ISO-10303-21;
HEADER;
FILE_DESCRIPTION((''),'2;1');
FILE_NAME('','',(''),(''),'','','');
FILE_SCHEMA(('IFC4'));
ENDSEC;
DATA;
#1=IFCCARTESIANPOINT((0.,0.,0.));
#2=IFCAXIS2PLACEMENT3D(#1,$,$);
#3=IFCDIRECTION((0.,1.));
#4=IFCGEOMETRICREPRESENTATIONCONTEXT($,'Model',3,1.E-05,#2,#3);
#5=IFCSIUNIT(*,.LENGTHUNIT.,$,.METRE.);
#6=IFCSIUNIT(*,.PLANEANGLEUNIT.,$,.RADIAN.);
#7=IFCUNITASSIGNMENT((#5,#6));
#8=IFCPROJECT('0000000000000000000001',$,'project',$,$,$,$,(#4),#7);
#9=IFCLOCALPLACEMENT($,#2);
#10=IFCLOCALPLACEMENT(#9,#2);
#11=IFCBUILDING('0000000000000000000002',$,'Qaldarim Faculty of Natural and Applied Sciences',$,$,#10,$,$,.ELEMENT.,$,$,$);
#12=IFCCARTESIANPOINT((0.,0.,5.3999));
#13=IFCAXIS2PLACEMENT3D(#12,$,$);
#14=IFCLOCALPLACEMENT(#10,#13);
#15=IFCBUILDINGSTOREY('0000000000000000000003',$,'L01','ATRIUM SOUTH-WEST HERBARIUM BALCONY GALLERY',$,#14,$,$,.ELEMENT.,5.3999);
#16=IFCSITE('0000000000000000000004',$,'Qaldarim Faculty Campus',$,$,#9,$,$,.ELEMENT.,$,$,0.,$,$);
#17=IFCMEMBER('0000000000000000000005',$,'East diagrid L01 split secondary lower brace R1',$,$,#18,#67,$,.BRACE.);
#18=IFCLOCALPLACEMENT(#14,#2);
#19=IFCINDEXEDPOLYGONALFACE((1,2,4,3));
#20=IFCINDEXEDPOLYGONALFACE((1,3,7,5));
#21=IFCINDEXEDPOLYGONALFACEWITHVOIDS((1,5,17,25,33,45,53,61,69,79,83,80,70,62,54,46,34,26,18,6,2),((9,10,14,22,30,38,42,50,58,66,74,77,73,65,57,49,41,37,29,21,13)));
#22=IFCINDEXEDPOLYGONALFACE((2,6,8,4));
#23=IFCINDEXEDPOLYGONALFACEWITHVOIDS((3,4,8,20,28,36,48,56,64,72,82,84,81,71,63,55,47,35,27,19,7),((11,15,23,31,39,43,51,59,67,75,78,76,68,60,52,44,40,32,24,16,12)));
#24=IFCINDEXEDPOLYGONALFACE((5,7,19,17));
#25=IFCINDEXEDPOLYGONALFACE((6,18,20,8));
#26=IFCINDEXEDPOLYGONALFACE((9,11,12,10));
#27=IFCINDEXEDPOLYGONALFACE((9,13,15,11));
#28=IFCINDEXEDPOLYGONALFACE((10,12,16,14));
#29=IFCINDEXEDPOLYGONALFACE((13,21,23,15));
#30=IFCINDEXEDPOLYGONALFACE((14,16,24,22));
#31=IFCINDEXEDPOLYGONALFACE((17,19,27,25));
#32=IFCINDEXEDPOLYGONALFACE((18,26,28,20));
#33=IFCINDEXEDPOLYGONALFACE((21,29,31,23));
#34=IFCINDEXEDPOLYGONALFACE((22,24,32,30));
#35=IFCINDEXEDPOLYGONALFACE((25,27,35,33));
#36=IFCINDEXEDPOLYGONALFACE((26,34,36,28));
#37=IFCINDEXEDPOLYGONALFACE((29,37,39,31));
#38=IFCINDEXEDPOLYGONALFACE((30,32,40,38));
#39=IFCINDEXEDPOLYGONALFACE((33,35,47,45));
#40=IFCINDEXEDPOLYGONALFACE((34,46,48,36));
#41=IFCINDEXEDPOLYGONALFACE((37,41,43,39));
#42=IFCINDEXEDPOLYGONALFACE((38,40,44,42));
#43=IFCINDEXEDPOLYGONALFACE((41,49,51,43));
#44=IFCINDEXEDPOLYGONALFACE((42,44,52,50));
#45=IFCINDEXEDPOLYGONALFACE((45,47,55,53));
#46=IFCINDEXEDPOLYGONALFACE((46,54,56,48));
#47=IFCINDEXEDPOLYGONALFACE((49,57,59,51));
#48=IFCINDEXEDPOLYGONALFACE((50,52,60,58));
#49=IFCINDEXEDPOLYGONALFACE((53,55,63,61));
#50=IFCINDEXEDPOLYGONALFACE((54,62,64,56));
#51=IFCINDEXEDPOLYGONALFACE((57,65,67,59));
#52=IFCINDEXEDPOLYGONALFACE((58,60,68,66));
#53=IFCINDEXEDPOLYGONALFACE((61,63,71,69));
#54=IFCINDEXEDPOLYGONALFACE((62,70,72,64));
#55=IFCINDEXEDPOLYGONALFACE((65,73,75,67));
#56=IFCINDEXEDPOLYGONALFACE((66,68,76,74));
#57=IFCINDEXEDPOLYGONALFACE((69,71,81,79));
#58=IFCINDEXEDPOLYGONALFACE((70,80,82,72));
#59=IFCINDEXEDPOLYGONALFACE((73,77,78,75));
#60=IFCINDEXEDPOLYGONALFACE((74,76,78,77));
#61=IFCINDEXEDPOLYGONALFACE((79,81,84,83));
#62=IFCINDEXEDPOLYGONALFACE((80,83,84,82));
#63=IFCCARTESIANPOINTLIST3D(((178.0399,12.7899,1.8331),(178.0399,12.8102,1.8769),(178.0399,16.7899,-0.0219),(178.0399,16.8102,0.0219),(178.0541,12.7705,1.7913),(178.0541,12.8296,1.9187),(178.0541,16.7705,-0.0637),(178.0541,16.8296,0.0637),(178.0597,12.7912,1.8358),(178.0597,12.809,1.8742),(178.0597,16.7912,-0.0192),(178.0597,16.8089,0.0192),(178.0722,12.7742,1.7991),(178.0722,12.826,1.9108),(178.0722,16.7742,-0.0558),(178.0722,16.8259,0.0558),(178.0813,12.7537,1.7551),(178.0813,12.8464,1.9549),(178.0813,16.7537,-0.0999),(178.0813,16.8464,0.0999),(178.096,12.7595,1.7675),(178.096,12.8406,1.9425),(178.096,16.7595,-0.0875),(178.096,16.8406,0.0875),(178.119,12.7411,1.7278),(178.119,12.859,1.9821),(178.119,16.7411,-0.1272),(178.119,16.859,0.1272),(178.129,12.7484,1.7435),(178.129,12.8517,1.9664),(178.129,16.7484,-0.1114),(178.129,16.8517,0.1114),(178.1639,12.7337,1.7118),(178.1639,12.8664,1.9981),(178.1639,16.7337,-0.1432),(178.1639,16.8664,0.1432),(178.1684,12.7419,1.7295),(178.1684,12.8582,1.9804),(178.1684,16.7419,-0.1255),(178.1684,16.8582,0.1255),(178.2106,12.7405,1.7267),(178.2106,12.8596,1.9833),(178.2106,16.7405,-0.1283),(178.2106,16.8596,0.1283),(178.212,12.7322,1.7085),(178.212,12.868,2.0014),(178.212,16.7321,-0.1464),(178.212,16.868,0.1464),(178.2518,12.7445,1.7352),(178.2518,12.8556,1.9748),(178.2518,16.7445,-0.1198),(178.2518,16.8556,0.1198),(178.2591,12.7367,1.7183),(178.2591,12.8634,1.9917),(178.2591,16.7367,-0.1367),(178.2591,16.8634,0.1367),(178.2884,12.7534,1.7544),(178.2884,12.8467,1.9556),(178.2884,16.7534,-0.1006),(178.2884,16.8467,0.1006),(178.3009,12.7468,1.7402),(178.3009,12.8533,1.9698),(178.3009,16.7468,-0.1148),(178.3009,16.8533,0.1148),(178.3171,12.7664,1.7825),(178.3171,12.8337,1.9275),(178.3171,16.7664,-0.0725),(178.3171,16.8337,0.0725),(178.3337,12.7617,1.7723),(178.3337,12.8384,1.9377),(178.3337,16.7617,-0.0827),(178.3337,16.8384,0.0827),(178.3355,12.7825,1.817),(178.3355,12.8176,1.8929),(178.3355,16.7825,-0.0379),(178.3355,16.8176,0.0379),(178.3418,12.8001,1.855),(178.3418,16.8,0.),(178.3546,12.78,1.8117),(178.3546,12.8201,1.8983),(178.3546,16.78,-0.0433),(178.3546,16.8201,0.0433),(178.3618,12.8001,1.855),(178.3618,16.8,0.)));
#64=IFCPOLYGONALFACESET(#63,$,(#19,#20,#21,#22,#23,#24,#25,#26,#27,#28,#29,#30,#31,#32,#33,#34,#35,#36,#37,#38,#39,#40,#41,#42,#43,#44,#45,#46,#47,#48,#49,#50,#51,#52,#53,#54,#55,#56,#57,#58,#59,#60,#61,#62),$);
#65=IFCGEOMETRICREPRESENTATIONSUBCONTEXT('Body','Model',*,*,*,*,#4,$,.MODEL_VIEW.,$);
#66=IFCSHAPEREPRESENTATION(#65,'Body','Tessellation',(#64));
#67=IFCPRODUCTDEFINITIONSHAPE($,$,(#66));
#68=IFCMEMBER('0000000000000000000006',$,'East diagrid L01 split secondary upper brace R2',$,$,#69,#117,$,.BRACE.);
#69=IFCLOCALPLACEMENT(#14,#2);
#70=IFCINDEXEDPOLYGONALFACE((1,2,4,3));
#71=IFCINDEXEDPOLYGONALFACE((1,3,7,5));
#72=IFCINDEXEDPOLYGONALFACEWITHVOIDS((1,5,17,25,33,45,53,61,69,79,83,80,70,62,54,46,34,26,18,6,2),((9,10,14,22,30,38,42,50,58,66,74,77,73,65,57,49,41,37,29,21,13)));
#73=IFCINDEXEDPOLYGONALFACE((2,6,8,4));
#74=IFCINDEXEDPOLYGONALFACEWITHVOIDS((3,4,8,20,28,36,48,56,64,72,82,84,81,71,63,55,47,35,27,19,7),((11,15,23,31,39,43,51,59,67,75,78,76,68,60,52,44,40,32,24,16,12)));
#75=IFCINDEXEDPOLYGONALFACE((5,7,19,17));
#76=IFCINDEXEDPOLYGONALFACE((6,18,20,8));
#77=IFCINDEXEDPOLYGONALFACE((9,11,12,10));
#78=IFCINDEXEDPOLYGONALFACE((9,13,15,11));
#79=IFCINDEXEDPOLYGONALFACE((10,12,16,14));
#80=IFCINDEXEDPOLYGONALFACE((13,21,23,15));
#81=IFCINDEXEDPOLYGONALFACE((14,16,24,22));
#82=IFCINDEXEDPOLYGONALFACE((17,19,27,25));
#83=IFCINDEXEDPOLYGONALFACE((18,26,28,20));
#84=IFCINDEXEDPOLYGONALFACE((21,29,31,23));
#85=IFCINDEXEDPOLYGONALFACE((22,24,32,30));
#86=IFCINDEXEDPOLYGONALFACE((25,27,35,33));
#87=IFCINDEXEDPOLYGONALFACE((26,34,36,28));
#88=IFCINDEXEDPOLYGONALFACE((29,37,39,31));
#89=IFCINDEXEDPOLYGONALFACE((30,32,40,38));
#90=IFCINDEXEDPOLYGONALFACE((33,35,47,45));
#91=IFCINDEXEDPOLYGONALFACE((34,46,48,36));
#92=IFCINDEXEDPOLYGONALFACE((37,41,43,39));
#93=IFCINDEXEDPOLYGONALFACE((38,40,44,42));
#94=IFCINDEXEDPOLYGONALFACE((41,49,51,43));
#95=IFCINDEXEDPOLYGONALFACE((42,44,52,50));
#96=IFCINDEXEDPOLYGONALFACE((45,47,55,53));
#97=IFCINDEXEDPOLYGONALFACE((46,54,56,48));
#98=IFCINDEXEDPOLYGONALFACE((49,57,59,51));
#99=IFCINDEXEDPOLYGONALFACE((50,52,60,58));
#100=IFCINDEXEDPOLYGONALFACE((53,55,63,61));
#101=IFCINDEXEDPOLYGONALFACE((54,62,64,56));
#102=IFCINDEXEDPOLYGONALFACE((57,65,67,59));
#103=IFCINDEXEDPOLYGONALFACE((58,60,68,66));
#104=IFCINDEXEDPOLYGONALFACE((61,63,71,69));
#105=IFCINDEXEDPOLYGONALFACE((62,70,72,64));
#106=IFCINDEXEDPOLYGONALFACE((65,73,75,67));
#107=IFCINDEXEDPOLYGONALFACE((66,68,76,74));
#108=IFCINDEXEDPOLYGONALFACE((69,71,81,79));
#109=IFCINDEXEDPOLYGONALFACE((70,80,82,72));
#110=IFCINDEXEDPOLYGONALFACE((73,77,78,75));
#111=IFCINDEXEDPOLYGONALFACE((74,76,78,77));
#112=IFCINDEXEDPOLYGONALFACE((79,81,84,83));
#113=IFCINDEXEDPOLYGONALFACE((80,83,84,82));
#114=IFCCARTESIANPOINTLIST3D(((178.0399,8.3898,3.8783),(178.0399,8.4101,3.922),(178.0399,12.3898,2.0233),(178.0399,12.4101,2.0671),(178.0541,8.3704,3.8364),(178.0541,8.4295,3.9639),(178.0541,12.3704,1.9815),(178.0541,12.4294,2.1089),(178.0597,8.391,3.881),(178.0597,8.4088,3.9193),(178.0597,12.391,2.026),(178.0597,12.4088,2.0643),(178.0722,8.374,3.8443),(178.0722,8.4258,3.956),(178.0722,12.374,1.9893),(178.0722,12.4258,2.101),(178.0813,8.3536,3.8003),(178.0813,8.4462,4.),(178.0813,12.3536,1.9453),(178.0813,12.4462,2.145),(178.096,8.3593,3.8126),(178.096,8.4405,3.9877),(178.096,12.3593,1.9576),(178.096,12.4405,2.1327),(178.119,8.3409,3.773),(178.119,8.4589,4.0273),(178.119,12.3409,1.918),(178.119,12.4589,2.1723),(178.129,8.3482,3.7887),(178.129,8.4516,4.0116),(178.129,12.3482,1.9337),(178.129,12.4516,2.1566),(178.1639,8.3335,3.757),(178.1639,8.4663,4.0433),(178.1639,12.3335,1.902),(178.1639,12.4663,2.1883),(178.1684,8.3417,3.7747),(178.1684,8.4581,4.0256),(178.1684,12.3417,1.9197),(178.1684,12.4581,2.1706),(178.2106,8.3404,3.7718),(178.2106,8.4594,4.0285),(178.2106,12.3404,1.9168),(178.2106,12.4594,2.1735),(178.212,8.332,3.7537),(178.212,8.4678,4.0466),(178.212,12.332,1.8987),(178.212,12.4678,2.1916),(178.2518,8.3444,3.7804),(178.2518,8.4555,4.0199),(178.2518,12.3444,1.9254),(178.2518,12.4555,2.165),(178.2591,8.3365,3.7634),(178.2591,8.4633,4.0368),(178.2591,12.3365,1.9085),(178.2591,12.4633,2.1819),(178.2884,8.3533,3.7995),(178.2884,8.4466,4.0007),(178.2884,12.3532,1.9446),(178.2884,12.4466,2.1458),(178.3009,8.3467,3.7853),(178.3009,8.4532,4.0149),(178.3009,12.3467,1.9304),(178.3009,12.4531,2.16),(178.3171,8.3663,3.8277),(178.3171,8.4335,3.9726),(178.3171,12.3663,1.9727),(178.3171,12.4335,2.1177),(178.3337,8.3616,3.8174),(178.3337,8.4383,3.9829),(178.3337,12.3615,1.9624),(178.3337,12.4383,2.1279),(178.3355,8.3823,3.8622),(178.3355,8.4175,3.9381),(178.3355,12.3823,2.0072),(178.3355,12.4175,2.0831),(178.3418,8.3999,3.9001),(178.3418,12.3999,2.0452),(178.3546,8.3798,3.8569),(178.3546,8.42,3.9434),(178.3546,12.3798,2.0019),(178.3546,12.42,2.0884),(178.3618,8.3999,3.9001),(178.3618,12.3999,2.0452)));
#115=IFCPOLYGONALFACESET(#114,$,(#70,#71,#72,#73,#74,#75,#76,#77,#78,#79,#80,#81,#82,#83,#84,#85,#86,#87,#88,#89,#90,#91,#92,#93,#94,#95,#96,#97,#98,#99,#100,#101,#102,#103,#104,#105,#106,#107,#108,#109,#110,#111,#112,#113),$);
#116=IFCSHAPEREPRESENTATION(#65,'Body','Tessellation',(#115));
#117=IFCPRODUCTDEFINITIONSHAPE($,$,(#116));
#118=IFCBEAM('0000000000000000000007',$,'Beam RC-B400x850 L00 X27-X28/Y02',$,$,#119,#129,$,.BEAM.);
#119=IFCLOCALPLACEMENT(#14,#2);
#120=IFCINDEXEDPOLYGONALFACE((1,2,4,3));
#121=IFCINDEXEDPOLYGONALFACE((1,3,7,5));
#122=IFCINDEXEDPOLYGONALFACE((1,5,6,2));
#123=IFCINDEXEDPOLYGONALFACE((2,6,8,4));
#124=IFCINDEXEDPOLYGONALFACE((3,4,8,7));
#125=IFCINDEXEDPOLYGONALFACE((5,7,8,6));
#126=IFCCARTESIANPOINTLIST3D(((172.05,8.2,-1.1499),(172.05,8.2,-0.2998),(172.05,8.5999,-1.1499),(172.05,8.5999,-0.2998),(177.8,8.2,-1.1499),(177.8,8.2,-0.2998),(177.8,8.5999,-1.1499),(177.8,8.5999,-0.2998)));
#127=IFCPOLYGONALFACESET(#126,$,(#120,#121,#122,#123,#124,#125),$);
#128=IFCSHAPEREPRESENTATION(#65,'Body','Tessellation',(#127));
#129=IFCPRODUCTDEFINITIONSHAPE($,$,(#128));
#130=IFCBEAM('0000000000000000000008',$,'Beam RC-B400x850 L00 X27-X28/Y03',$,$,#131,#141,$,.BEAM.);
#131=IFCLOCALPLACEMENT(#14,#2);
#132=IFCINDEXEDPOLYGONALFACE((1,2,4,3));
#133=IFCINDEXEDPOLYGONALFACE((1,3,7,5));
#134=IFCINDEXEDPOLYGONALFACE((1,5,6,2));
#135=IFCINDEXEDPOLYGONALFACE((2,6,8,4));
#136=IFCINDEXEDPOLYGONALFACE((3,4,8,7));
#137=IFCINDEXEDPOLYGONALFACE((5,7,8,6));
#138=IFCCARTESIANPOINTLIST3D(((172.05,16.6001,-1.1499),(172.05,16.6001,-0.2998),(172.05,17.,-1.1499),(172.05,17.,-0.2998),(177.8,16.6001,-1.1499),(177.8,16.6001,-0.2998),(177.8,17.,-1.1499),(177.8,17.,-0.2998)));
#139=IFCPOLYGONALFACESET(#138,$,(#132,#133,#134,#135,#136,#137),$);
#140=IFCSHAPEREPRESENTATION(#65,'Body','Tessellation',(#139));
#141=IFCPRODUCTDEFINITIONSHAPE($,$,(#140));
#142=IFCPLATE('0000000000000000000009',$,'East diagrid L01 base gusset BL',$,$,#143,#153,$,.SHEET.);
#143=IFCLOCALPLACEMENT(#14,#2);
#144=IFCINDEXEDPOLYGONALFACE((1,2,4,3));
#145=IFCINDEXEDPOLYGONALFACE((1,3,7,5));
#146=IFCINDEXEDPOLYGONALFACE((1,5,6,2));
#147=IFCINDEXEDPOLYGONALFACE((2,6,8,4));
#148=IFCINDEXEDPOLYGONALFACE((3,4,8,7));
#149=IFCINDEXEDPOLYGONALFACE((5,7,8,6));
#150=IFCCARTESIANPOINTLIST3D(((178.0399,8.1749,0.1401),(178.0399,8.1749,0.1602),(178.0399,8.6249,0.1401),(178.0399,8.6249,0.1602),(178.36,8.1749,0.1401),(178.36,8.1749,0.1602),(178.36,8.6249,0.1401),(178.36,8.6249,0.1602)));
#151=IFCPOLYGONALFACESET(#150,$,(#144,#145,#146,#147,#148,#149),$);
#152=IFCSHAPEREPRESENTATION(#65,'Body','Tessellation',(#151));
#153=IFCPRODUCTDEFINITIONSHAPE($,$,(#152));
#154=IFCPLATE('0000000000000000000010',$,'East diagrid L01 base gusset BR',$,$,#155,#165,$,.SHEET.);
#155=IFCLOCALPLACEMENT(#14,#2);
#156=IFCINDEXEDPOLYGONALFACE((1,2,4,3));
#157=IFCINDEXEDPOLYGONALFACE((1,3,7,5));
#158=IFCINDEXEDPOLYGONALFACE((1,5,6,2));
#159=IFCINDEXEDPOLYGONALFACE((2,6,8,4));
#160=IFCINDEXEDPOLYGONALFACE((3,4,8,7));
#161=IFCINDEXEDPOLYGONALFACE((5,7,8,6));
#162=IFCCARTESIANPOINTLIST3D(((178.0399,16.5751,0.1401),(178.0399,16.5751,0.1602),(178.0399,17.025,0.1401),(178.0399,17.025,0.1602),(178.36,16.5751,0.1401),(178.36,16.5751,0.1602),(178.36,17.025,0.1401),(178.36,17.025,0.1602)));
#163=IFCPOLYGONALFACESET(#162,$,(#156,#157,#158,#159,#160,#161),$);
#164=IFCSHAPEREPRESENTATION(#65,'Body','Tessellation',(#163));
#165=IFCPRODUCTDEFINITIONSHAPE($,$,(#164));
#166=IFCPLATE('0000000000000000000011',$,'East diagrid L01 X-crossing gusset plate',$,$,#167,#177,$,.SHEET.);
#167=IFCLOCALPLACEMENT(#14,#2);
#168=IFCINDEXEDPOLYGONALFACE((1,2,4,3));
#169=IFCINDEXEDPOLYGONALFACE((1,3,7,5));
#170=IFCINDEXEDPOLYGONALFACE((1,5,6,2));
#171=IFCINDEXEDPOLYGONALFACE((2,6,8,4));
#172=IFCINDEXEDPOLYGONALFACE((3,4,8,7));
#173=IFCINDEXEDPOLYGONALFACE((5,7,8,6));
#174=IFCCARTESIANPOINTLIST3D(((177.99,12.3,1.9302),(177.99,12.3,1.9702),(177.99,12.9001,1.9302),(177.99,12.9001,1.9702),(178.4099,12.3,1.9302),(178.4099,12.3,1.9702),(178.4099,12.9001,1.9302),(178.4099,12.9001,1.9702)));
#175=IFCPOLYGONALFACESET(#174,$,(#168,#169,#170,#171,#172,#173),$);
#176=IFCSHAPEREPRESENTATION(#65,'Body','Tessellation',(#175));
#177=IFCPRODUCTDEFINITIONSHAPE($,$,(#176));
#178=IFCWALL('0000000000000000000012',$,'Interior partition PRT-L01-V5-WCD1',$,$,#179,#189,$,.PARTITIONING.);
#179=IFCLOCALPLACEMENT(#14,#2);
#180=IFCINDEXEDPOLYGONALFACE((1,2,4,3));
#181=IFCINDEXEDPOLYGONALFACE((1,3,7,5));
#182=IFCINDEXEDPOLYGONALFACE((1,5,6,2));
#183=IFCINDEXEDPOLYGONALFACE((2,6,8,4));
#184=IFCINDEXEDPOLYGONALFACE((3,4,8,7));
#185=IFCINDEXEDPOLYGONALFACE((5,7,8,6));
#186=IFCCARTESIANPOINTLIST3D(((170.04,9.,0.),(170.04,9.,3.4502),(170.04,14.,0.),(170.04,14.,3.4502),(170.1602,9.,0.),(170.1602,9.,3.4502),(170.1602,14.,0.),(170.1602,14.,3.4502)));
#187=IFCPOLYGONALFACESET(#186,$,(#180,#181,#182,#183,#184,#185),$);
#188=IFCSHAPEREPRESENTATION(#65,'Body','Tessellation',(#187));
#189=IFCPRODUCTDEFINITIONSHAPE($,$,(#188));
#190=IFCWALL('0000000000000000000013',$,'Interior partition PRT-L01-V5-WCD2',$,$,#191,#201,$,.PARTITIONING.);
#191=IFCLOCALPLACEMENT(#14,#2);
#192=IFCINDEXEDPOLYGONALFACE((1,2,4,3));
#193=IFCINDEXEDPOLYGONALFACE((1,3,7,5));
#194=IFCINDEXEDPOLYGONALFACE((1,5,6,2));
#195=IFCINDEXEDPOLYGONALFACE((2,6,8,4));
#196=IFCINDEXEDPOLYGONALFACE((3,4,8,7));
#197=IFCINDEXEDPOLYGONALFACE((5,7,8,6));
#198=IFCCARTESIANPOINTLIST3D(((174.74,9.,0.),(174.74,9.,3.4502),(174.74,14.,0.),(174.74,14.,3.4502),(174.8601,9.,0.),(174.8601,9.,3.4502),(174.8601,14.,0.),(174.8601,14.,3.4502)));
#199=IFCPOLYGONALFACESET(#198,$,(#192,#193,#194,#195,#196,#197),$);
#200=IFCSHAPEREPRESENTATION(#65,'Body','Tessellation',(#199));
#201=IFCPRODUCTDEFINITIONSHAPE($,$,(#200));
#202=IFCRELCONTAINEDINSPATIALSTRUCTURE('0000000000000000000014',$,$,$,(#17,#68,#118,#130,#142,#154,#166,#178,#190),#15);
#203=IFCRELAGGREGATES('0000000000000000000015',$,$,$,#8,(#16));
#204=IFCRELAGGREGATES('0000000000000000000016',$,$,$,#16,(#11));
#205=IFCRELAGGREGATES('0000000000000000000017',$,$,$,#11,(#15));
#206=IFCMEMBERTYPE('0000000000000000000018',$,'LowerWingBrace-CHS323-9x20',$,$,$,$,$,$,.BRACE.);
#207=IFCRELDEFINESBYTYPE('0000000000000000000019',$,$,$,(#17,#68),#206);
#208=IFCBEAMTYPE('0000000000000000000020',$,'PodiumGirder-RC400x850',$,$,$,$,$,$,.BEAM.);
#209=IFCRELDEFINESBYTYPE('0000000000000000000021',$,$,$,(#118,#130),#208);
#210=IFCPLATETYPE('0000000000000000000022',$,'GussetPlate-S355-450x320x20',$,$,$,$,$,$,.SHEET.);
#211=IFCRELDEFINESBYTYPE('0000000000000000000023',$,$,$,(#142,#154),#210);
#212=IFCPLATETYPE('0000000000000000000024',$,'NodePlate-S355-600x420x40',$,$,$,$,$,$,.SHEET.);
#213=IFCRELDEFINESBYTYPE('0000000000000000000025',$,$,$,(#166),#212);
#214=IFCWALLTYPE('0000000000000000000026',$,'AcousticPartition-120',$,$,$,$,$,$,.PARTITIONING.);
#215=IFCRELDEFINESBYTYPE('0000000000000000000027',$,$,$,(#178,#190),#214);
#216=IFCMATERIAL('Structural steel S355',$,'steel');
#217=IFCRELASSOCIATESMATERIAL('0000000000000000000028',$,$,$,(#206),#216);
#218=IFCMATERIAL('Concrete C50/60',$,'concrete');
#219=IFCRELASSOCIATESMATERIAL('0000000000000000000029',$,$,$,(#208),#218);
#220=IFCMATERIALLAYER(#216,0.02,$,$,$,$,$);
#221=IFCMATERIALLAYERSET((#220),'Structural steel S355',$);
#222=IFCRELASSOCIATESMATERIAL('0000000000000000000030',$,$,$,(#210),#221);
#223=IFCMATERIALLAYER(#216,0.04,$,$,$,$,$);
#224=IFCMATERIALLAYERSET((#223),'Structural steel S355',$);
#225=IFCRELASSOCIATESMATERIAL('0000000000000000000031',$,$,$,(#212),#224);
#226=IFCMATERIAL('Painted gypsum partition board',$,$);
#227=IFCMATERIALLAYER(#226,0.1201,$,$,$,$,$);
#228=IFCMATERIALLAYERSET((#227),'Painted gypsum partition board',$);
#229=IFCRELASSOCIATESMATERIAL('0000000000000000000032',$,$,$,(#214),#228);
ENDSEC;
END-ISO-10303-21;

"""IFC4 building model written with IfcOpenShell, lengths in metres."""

from ifc_helpers import new_model, si_unit, direction, frame, frame_2d, origin, origin_2d, place, context, subcontext, project, spatial, rectangle, hollow_circle, extrude, material, layer, layer_set, material_profile, profile_set, type_object, element, save


model = new_model("IFC4")

# Units and contexts
model_context = context("Model", 3, precision=1e-05, world=origin(), true_north=direction((0.0, 1.0)))
body_context = subcontext(model_context, "Body", "Model", "MODEL_VIEW")
ifc_project = project(units=[si_unit("LENGTHUNIT", "METRE"), si_unit("PLANEANGLEUNIT", "RADIAN")], contexts=[model_context])

# Site, building, storey
site_placement = place(None, origin())
site = spatial("IfcSite", under=ifc_project, at=site_placement, Name="Qaldarim Faculty Campus", CompositionType="ELEMENT", RefElevation=0.0)
building_placement = place(site_placement, origin())
building = spatial("IfcBuilding", under=site, at=building_placement, Name="Qaldarim Faculty of Natural and Applied Sciences", CompositionType="ELEMENT")
storey_placement = place(building_placement, frame((0.0, 0.0, 5.3999)))
storey = spatial("IfcBuildingStorey", under=building, at=storey_placement, Name="L01", Description="ATRIUM SOUTH-WEST HERBARIUM BALCONY GALLERY", CompositionType="ELEMENT", Elevation=5.3999)

# Shared definitions
ifc_material_1 = material(Name="Concrete C50/60", Category="concrete")

# Members
ifc_material_2 = material(Name="Structural steel S355", Category="steel")
ifc_material_profile_1 = material_profile(ifc_material_2, hollow_circle(Radius=0.1619, WallThickness=0.02, at=origin_2d()), Name="CHS 323.9x20.0")
ifc_profile_set_1 = profile_set([ifc_material_profile_1], Name="Structural steel S355")
member_type = type_object("IfcMemberType", Name="LowerWingBrace-CHS323-9x20", PredefinedType="BRACE", material=ifc_profile_set_1)
for number, where, z_axis, x_axis, name in (
    (1, (178.2, 16.8, 0.0), (0.0, -0.907196, 0.420708), (1.0, 0.0, 0.0), "East diagrid L01 split secondary lower brace R1"),
    (2, (178.2, 12.3999, 2.0452), (0.0, -0.907196, 0.420708), (1.0, 0.0, 0.0), "East diagrid L01 split secondary upper brace R2"),
):
    element("IfcMember", number, at=place(storey_placement, frame(where, z_axis=z_axis, x_axis=x_axis)), inside=storey, type_object=member_type, Name=name, PredefinedType="BRACE", context=body_context, shape_type="SweptSolid", body=[
        extrude(hollow_circle(Radius=0.1619, WallThickness=0.02, at=origin_2d()), origin(), (0.0, 0.0, 1.0), 4.4092),
    ])

# Beams
ifc_material_profile_2 = material_profile(ifc_material_1, rectangle(XDim=0.3999, YDim=0.8501, at=origin_2d()), Name="RC-B400x850")
ifc_profile_set_2 = profile_set([ifc_material_profile_2], Name="Concrete C50/60")
beam_type_1 = type_object("IfcBeamType", Name="PodiumGirder-RC400x850", PredefinedType="BEAM", material=ifc_profile_set_2)
for number, where, z_axis, x_axis, name in (
    (3, (172.05, 8.3999, -0.7249), (1.0, 0.0, 0.0), (0.0, 1.0, 0.0), "Beam RC-B400x850 L00 X27-X28/Y02"),
    (4, (172.05, 16.8, -0.7249), (1.0, 0.0, 0.0), (0.0, 1.0, 0.0), "Beam RC-B400x850 L00 X27-X28/Y03"),
):
    element("IfcBeam", number, at=place(storey_placement, frame(where, z_axis=z_axis, x_axis=x_axis)), inside=storey, type_object=beam_type_1, Name=name, PredefinedType="BEAM", context=body_context, shape_type="SweptSolid", body=[
        extrude(rectangle(XDim=0.3999, YDim=0.8501, at=origin_2d()), origin(), (0.0, 0.0, 1.0), 5.75),
    ])

# Plates
ifc_layer_1 = layer(ifc_material_2, 0.02)
ifc_layer_set_1 = layer_set([ifc_layer_1], Name="Structural steel S355")
plate_type_1 = type_object("IfcPlateType", Name="GussetPlate-S355-450x320x20", PredefinedType="SHEET", material=ifc_layer_set_1)
for number, where, z_axis, x_axis, name in (
    (5, (178.2, 8.3999, 0.1401), (0.0, 0.0, 1.0), (0.0, 1.0, 0.0), "East diagrid L01 base gusset BL"),
    (6, (178.2, 16.8, 0.1401), (0.0, 0.0, 1.0), (0.0, 1.0, 0.0), "East diagrid L01 base gusset BR"),
):
    element("IfcPlate", number, at=place(storey_placement, frame(where, z_axis=z_axis, x_axis=x_axis)), inside=storey, type_object=plate_type_1, Name=name, PredefinedType="SHEET", context=body_context, shape_type="SweptSolid", body=[
        extrude(rectangle(XDim=0.45, YDim=0.3201, at=origin_2d()), origin(), (0.0, 0.0, 1.0), 0.02),
    ])
ifc_layer_2 = layer(ifc_material_2, 0.04)
ifc_layer_set_2 = layer_set([ifc_layer_2], Name="Structural steel S355")
plate_type_2 = type_object("IfcPlateType", Name="NodePlate-S355-600x420x40", PredefinedType="SHEET", material=ifc_layer_set_2)
plate_placement = place(storey_placement, frame((178.2, 12.6001, 1.9302), z_axis=(0.0, 0.0, 1.0), x_axis=(0.0, 1.0, 0.0)))
element("IfcPlate", 7, at=plate_placement, inside=storey, type_object=plate_type_2, Name="East diagrid L01 X-crossing gusset plate", PredefinedType="SHEET", context=body_context, shape_type="SweptSolid", body=[
    extrude(rectangle(XDim=0.6001, YDim=0.4199, at=origin_2d()), origin(), (0.0, 0.0, 1.0), 0.04),
])

# Walls
ifc_material_3 = material(Name="Painted gypsum partition board")
ifc_layer_3 = layer(ifc_material_3, 0.1201)
ifc_layer_set_3 = layer_set([ifc_layer_3], Name="Painted gypsum partition board")
wall_type_1 = type_object("IfcWallType", Name="AcousticPartition-120", PredefinedType="PARTITIONING", material=ifc_layer_set_3)
for number, where, z_axis, x_axis, name in (
    (8, (170.1001, 9.0, 0.0), (0.0, 0.0, 1.0), (0.0, 1.0, 0.0), "Interior partition PRT-L01-V5-WCD1"),
    (9, (174.8, 9.0, 0.0), (0.0, 0.0, 1.0), (0.0, 1.0, 0.0), "Interior partition PRT-L01-V5-WCD2"),
):
    element("IfcWall", number, at=place(storey_placement, frame(where, z_axis=z_axis, x_axis=x_axis)), inside=storey, type_object=wall_type_1, Name=name, PredefinedType="PARTITIONING", context=body_context, shape_type="SweptSolid", body=[
        extrude(rectangle(XDim=5.0, YDim=0.1201, at=frame_2d((2.5, 0.0))), origin(), (0.0, 0.0, 1.0), 3.4502),
    ])

save(model, "model.ifc")
